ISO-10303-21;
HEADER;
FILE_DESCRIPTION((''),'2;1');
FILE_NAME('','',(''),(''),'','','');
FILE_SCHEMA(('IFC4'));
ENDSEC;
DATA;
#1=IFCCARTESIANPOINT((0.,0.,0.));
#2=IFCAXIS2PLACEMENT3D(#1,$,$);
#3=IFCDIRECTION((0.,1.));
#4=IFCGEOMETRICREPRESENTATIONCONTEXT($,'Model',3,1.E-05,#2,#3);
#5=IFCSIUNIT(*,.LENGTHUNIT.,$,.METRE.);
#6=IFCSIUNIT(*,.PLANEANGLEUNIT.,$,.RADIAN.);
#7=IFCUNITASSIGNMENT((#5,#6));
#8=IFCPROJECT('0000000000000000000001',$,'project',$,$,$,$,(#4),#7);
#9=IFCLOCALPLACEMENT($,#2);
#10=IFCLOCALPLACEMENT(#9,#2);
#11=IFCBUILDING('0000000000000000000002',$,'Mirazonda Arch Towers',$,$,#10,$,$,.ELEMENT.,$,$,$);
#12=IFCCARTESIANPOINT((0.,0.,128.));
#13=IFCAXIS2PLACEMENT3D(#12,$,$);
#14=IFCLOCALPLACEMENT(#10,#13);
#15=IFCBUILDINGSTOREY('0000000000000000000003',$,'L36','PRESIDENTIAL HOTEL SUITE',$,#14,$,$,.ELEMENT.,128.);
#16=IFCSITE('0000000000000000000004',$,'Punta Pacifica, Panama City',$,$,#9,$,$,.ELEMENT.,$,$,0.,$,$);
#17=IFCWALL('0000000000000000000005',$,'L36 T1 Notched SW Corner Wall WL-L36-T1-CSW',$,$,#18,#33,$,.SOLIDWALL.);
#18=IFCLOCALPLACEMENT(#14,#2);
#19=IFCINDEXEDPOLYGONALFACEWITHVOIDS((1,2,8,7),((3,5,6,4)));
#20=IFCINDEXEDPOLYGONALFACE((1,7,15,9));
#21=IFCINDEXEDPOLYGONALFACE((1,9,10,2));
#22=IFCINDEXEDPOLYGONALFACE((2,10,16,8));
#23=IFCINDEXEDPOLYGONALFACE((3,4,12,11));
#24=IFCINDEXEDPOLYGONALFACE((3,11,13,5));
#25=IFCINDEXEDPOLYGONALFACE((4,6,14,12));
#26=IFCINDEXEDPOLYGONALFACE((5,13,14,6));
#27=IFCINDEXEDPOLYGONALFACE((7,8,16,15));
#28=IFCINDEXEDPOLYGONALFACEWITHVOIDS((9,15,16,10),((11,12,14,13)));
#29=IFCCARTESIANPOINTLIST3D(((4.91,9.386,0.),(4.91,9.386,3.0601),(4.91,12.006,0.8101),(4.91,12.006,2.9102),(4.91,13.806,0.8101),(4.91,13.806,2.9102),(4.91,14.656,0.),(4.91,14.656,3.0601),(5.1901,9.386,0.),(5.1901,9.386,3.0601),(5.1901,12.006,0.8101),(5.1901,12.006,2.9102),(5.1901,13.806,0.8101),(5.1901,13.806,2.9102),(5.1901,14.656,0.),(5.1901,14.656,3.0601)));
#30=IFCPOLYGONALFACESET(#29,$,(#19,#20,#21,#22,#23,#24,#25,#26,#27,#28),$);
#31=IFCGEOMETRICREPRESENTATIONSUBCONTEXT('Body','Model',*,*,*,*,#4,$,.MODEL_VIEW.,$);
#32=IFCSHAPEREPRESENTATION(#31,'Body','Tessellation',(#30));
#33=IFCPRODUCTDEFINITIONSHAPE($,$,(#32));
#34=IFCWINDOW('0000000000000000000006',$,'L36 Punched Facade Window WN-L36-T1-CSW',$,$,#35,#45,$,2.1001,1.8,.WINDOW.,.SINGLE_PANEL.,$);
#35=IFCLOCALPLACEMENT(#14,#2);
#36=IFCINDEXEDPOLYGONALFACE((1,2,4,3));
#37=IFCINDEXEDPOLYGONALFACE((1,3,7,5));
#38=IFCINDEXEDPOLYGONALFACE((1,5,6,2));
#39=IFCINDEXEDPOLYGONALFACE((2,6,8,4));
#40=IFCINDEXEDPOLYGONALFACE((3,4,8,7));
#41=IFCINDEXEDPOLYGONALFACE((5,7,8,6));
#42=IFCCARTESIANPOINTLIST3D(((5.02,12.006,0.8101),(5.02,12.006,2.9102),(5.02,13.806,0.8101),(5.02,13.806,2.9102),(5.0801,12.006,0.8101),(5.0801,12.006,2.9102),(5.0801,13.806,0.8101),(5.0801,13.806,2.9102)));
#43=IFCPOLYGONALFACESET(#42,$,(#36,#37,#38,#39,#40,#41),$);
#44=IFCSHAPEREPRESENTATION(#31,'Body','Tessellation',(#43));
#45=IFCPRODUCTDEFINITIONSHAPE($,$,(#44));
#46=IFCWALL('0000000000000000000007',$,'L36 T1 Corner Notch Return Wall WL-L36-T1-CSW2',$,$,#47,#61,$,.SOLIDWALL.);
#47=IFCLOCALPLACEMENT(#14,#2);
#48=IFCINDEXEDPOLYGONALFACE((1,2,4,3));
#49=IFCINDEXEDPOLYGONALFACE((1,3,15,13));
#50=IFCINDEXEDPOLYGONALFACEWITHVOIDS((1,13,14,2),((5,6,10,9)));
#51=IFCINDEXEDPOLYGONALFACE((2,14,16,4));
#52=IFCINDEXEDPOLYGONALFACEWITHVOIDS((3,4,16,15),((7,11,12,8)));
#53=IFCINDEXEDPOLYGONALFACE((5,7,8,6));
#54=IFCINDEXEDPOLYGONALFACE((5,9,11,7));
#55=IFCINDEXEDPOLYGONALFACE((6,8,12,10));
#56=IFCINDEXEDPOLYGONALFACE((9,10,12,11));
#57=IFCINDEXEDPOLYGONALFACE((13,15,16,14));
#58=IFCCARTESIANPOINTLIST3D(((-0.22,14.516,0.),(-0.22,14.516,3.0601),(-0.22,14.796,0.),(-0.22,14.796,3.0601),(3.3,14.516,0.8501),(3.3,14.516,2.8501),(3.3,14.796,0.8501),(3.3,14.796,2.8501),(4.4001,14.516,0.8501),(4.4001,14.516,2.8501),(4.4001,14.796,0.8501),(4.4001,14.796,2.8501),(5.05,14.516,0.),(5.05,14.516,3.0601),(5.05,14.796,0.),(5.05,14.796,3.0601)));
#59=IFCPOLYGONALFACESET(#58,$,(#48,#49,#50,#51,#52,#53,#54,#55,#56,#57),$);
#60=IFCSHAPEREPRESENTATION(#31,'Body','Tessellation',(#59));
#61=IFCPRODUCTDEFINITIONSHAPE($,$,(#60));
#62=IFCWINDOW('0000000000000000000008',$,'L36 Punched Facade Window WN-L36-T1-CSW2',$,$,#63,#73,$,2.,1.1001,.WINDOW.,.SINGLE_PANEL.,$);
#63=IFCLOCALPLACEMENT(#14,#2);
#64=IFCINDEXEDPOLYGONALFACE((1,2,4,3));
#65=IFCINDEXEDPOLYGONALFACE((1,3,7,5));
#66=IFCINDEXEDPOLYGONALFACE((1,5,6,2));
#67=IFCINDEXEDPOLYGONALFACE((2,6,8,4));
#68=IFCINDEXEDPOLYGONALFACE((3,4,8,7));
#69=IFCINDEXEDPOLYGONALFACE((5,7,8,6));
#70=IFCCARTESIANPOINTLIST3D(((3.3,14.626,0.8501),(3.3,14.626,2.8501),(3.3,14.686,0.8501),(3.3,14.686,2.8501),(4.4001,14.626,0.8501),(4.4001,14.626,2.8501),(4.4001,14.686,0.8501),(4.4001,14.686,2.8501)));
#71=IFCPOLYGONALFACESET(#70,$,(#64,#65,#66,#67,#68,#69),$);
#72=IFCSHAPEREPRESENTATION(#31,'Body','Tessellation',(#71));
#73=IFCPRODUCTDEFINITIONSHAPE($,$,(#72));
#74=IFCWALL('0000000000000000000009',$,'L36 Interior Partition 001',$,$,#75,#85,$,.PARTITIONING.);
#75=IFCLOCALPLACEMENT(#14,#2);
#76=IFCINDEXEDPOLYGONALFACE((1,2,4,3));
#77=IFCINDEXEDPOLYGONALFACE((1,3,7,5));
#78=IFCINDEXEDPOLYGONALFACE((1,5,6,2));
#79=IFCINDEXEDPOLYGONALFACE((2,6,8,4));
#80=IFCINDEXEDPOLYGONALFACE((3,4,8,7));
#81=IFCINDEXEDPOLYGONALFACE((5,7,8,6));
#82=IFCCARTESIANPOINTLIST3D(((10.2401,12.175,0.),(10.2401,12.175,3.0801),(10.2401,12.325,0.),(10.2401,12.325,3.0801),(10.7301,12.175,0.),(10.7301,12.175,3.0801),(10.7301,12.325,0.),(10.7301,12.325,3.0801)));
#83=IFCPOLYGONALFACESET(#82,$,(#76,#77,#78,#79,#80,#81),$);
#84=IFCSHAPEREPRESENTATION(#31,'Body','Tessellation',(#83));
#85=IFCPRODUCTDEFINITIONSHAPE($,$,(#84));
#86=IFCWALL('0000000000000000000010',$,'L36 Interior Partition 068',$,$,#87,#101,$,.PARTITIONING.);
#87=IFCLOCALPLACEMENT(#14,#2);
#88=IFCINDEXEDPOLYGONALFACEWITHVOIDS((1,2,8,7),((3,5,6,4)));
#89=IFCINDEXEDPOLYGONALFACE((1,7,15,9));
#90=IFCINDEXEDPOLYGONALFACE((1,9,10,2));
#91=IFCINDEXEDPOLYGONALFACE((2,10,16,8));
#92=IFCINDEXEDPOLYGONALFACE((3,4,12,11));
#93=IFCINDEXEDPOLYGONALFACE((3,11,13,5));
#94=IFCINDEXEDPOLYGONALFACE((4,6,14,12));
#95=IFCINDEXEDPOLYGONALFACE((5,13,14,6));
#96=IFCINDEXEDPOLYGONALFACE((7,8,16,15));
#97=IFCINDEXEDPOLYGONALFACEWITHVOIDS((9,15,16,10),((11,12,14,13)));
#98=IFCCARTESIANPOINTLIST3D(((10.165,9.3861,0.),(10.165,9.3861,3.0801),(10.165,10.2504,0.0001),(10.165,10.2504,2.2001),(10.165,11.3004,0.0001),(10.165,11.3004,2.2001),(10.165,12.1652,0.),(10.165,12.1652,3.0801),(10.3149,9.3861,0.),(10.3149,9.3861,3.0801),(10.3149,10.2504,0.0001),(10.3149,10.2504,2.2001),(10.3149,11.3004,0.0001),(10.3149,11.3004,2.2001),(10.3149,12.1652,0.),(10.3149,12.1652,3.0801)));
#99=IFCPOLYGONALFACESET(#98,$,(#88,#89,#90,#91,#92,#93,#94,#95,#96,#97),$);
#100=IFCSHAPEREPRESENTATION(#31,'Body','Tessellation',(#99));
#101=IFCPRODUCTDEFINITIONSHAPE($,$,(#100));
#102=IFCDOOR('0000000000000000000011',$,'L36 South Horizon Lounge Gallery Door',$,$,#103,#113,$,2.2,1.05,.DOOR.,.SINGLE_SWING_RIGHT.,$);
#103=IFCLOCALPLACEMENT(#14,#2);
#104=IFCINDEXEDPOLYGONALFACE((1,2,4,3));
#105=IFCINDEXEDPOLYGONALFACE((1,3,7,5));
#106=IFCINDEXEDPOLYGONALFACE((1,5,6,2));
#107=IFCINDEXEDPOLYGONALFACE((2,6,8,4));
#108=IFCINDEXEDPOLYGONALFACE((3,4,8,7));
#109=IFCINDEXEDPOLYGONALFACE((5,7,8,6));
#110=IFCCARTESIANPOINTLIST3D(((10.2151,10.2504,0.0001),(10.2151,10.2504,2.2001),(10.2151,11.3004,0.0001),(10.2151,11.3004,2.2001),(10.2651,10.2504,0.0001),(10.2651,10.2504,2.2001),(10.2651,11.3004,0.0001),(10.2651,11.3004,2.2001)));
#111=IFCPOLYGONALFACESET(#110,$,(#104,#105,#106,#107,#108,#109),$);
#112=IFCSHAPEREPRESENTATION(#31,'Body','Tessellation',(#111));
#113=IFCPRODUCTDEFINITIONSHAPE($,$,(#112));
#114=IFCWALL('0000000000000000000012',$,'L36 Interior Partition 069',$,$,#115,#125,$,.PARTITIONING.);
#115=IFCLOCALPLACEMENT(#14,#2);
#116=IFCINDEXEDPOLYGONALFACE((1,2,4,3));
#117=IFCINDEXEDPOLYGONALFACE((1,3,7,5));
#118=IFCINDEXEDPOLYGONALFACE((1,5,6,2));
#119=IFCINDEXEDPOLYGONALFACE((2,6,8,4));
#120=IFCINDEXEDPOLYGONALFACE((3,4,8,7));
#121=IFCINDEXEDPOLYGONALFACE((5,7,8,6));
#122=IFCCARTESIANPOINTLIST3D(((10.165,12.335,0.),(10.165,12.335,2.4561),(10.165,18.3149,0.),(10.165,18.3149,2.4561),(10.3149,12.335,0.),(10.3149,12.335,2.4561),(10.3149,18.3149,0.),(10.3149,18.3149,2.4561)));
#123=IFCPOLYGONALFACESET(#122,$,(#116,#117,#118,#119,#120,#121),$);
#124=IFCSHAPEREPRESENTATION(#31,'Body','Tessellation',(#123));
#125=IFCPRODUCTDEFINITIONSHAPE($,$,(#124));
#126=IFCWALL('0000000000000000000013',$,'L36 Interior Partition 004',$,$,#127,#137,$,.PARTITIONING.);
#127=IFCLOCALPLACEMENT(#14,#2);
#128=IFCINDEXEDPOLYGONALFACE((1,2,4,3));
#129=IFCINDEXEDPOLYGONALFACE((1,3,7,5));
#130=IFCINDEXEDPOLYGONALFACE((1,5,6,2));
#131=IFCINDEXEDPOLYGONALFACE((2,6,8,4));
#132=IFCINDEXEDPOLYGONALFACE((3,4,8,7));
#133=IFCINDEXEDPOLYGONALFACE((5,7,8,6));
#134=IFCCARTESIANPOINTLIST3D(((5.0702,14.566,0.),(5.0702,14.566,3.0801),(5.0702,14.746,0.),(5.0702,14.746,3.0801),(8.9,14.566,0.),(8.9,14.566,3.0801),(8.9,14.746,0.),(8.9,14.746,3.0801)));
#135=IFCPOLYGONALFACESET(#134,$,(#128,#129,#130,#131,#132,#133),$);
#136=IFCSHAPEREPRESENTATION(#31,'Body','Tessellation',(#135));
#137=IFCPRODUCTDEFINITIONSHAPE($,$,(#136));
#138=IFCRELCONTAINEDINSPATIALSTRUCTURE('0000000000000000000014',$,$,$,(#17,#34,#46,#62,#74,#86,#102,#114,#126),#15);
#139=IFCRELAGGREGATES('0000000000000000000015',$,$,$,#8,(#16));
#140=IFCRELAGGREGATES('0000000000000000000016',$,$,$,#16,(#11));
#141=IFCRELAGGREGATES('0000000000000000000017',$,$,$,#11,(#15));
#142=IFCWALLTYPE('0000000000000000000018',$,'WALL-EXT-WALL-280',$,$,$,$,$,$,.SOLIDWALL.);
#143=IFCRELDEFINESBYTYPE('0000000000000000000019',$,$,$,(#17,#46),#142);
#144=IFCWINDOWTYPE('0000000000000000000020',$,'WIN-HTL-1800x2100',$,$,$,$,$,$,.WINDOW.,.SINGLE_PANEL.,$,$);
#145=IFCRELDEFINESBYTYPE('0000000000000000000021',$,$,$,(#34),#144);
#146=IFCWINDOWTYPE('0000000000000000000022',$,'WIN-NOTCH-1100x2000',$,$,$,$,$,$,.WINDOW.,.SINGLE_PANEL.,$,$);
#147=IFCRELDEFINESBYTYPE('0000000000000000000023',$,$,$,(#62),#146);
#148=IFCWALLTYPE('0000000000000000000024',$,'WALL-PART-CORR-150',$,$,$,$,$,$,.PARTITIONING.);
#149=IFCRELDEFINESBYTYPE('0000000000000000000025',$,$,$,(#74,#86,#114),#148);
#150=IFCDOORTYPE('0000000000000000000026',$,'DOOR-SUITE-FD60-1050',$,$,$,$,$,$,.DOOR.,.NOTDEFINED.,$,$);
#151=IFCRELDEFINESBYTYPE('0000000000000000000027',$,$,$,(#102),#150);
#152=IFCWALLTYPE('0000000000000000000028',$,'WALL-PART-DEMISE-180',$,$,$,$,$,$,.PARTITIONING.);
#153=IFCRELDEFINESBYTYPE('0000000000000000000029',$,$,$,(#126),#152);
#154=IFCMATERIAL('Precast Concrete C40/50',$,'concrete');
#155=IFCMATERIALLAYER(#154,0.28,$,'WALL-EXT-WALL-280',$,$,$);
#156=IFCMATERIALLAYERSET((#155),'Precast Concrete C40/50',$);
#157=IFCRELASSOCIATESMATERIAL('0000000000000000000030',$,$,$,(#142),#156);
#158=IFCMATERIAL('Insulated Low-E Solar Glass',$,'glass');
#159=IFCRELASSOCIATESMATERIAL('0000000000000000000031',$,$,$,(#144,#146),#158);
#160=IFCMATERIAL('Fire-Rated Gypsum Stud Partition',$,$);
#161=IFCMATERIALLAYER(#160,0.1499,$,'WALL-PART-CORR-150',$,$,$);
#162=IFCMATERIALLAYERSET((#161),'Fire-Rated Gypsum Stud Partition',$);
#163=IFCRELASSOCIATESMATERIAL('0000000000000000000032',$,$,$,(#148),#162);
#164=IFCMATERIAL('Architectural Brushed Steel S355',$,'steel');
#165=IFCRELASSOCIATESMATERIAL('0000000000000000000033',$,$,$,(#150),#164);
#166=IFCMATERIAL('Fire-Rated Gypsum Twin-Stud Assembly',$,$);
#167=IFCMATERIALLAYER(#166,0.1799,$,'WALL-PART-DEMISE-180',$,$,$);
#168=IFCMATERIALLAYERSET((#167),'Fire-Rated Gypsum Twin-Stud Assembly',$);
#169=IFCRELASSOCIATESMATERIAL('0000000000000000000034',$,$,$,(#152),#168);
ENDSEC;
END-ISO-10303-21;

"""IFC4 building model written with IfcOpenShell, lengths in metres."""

from ifc_helpers import new_model, si_unit, direction, frame, frame_2d, origin, place, context, subcontext, project, spatial, rectangle, extrude, material, layer, layer_set, type_object, element, fill, save


model = new_model("IFC4")

# Units and contexts
model_context = context("Model", 3, precision=1e-05, world=origin(), true_north=direction((0.0, 1.0)))
body_context = subcontext(model_context, "Body", "Model", "MODEL_VIEW")
ifc_project = project(units=[si_unit("LENGTHUNIT", "METRE"), si_unit("PLANEANGLEUNIT", "RADIAN")], contexts=[model_context])

# Site, building, storey
site_placement = place(None, origin())
site = spatial("IfcSite", under=ifc_project, at=site_placement, Name="Punta Pacifica, Panama City", CompositionType="ELEMENT", RefElevation=0.0)
building_placement = place(site_placement, origin())
building = spatial("IfcBuilding", under=site, at=building_placement, Name="Mirazonda Arch Towers", CompositionType="ELEMENT")
storey_placement = place(building_placement, frame((0.0, 0.0, 128.0)))
storey = spatial("IfcBuildingStorey", under=building, at=storey_placement, Name="L36", Description="PRESIDENTIAL HOTEL SUITE", CompositionType="ELEMENT", Elevation=128.0)

# Shared definitions
ifc_material_1 = material(Name="Insulated Low-E Solar Glass", Category="glass")

# Walls, openings, windows
ifc_material_2 = material(Name="Precast Concrete C40/50", Category="concrete")
ifc_layer_1 = layer(ifc_material_2, 0.28, Name="WALL-EXT-WALL-280")
ifc_layer_set_1 = layer_set([ifc_layer_1], Name="Precast Concrete C40/50")
wall_type_1 = type_object("IfcWallType", Name="WALL-EXT-WALL-280", PredefinedType="SOLIDWALL", material=ifc_layer_set_1)
wall_1_placement = place(storey_placement, frame((5.05, 14.656, 0.0), z_axis=(0.0, 0.0, 1.0), x_axis=(0.0, -1.0, 0.0)))
wall_1 = element("IfcWall", 1, at=wall_1_placement, inside=storey, type_object=wall_type_1, Name="L36 T1 Notched SW Corner Wall WL-L36-T1-CSW", PredefinedType="SOLIDWALL", context=body_context, shape_type="SweptSolid", body=[
    extrude(rectangle(XDim=5.27, YDim=0.28, at=frame_2d((2.635, 0.0))), origin(), (0.0, 0.0, 1.0), 3.0601),
])
opening_1_placement = place(wall_1_placement, frame((0.8501, 0.0, 0.8101)))
opening_1 = element("IfcOpeningElement", 2, at=opening_1_placement, cuts=wall_1, PredefinedType="OPENING", context=body_context, shape_type="SweptSolid", body=[
    extrude(rectangle(XDim=1.8, YDim=2.1001, at=frame_2d((0.8999, 1.05))), frame((0.0, 0.1499, 0.0), z_axis=(0.0, -1.0, 0.0), x_axis=(1.0, 0.0, 0.0)), (0.0, 0.0, 1.0), 0.3),
])
window_type_1 = type_object("IfcWindowType", Name="WIN-HTL-1800x2100", PartitioningType="SINGLE_PANEL", PredefinedType="WINDOW", material=ifc_material_1)
window_1_placement = place(opening_1_placement, origin())
window_1 = element("IfcWindow", 3, at=window_1_placement, inside=storey, type_object=window_type_1, Name="L36 Punched Facade Window WN-L36-T1-CSW", OverallHeight=2.1001, OverallWidth=1.8, PartitioningType="SINGLE_PANEL", PredefinedType="WINDOW", context=body_context, shape_type="SweptSolid", body=[
    extrude(rectangle(XDim=1.8, YDim=2.1001, at=frame_2d((0.8999, 1.05))), frame((0.0, 0.03, 0.0), z_axis=(0.0, -1.0, 0.0), x_axis=(1.0, 0.0, 0.0)), (0.0, 0.0, 1.0), 0.0601),
])
fill(opening_1, window_1)
wall_2_placement = place(storey_placement, frame((-0.22, 14.656, 0.0), z_axis=(0.0, 0.0, 1.0), x_axis=(1.0, 0.0, 0.0)))
wall_2 = element("IfcWall", 4, at=wall_2_placement, inside=storey, type_object=wall_type_1, Name="L36 T1 Corner Notch Return Wall WL-L36-T1-CSW2", PredefinedType="SOLIDWALL", context=body_context, shape_type="SweptSolid", body=[
    extrude(rectangle(XDim=5.27, YDim=0.28, at=frame_2d((2.635, 0.0))), origin(), (0.0, 0.0, 1.0), 3.0601),
])
opening_2_placement = place(wall_2_placement, frame((3.52, 0.0, 0.8501)))
opening_2 = element("IfcOpeningElement", 5, at=opening_2_placement, cuts=wall_2, PredefinedType="OPENING", context=body_context, shape_type="SweptSolid", body=[
    extrude(rectangle(XDim=1.1001, YDim=2.0, at=frame_2d((0.55, 1.0))), frame((0.0, 0.1499, 0.0), z_axis=(0.0, -1.0, 0.0), x_axis=(1.0, 0.0, 0.0)), (0.0, 0.0, 1.0), 0.3),
])
window_type_2 = type_object("IfcWindowType", Name="WIN-NOTCH-1100x2000", PartitioningType="SINGLE_PANEL", PredefinedType="WINDOW", material=ifc_material_1)
window_2_placement = place(opening_2_placement, origin())
window_2 = element("IfcWindow", 6, at=window_2_placement, inside=storey, type_object=window_type_2, Name="L36 Punched Facade Window WN-L36-T1-CSW2", OverallHeight=2.0, OverallWidth=1.1001, PartitioningType="SINGLE_PANEL", PredefinedType="WINDOW", context=body_context, shape_type="SweptSolid", body=[
    extrude(rectangle(XDim=1.1001, YDim=2.0, at=frame_2d((0.55, 1.0))), frame((0.0, 0.03, 0.0), z_axis=(0.0, -1.0, 0.0), x_axis=(1.0, 0.0, 0.0)), (0.0, 0.0, 1.0), 0.0601),
])
fill(opening_2, window_2)

# Wall
ifc_material_3 = material(Name="Fire-Rated Gypsum Stud Partition")
ifc_layer_2 = layer(ifc_material_3, 0.1499, Name="WALL-PART-CORR-150")
ifc_layer_set_2 = layer_set([ifc_layer_2], Name="Fire-Rated Gypsum Stud Partition")
wall_type_2 = type_object("IfcWallType", Name="WALL-PART-CORR-150", PredefinedType="PARTITIONING", material=ifc_layer_set_2)
wall_3_placement = place(storey_placement, frame((10.24, 12.25, 0.0), z_axis=(0.0, 0.0, 1.0), x_axis=(1.0, 0.0, 0.0)))
element("IfcWall", 7, at=wall_3_placement, inside=storey, type_object=wall_type_2, Name="L36 Interior Partition 001", PredefinedType="PARTITIONING", context=body_context, shape_type="SweptSolid", body=[
    extrude(rectangle(XDim=0.49, YDim=0.1499, at=frame_2d((0.2451, 0.0))), origin(), (0.0, 0.0, 1.0), 3.0801),
])

# Wall, opening, door
wall_4_placement = place(storey_placement, frame((10.24, 9.386, 0.0), z_axis=(0.0, 0.0, 1.0), x_axis=(0.0, 1.0, 0.0)))
wall_4 = element("IfcWall", 8, at=wall_4_placement, inside=storey, type_object=wall_type_2, Name="L36 Interior Partition 068", PredefinedType="PARTITIONING", context=body_context, shape_type="SweptSolid", body=[
    extrude(rectangle(XDim=2.7791, YDim=0.1499, at=frame_2d((1.3896, 0.0))), origin(), (0.0, 0.0, 1.0), 3.0801),
])
opening_3_placement = place(wall_4_placement, frame((0.8645, 0.0, 0.0)))
opening_3 = element("IfcOpeningElement", 9, at=opening_3_placement, cuts=wall_4, PredefinedType="OPENING", context=body_context, shape_type="SweptSolid", body=[
    extrude(rectangle(XDim=1.05, YDim=2.2, at=frame_2d((0.5249, 1.1001))), frame((0.0, 0.085, 0.0), z_axis=(0.0, -1.0, 0.0), x_axis=(1.0, 0.0, 0.0)), (0.0, 0.0, 1.0), 0.1699),
])
ifc_material_4 = material(Name="Architectural Brushed Steel S355", Category="steel")
door_type_1 = type_object("IfcDoorType", Name="DOOR-SUITE-FD60-1050", OperationType="NOTDEFINED", PredefinedType="DOOR", material=ifc_material_4)
door_1_placement = place(opening_3_placement, origin())
door_1 = element("IfcDoor", 10, at=door_1_placement, inside=storey, type_object=door_type_1, Name="L36 South Horizon Lounge Gallery Door", OperationType="SINGLE_SWING_RIGHT", OverallHeight=2.2, OverallWidth=1.05, PredefinedType="DOOR", context=body_context, shape_type="SweptSolid", body=[
    extrude(rectangle(XDim=1.05, YDim=2.2, at=frame_2d((0.5249, 1.1001))), frame((0.0, 0.0249, 0.0), z_axis=(0.0, -1.0, 0.0), x_axis=(1.0, 0.0, 0.0)), (0.0, 0.0, 1.0), 0.05),
])
fill(opening_3, door_1)

# Walls
wall_5_placement = place(storey_placement, frame((10.24, 12.335, 0.0), z_axis=(0.0, 0.0, 1.0), x_axis=(0.0, 1.0, 0.0)))
element("IfcWall", 11, at=wall_5_placement, inside=storey, type_object=wall_type_2, Name="L36 Interior Partition 069", PredefinedType="PARTITIONING", context=body_context, shape_type="SweptSolid", body=[
    extrude(rectangle(XDim=5.98, YDim=0.1499, at=frame_2d((2.99, 0.0))), origin(), (0.0, 0.0, 1.0), 2.4561),
])
ifc_material_5 = material(Name="Fire-Rated Gypsum Twin-Stud Assembly")
ifc_layer_3 = layer(ifc_material_5, 0.1799, Name="WALL-PART-DEMISE-180")
ifc_layer_set_3 = layer_set([ifc_layer_3], Name="Fire-Rated Gypsum Twin-Stud Assembly")
wall_type_3 = type_object("IfcWallType", Name="WALL-PART-DEMISE-180", PredefinedType="PARTITIONING", material=ifc_layer_set_3)
wall_6_placement = place(storey_placement, frame((5.0701, 14.656, 0.0), z_axis=(0.0, 0.0, 1.0), x_axis=(1.0, 0.0, 0.0)))
element("IfcWall", 12, at=wall_6_placement, inside=storey, type_object=wall_type_3, Name="L36 Interior Partition 004", PredefinedType="PARTITIONING", context=body_context, shape_type="SweptSolid", body=[
    extrude(rectangle(XDim=3.8298, YDim=0.1799, at=frame_2d((1.915, 0.0))), origin(), (0.0, 0.0, 1.0), 3.0801),
])

save(model, "model.ifc")
